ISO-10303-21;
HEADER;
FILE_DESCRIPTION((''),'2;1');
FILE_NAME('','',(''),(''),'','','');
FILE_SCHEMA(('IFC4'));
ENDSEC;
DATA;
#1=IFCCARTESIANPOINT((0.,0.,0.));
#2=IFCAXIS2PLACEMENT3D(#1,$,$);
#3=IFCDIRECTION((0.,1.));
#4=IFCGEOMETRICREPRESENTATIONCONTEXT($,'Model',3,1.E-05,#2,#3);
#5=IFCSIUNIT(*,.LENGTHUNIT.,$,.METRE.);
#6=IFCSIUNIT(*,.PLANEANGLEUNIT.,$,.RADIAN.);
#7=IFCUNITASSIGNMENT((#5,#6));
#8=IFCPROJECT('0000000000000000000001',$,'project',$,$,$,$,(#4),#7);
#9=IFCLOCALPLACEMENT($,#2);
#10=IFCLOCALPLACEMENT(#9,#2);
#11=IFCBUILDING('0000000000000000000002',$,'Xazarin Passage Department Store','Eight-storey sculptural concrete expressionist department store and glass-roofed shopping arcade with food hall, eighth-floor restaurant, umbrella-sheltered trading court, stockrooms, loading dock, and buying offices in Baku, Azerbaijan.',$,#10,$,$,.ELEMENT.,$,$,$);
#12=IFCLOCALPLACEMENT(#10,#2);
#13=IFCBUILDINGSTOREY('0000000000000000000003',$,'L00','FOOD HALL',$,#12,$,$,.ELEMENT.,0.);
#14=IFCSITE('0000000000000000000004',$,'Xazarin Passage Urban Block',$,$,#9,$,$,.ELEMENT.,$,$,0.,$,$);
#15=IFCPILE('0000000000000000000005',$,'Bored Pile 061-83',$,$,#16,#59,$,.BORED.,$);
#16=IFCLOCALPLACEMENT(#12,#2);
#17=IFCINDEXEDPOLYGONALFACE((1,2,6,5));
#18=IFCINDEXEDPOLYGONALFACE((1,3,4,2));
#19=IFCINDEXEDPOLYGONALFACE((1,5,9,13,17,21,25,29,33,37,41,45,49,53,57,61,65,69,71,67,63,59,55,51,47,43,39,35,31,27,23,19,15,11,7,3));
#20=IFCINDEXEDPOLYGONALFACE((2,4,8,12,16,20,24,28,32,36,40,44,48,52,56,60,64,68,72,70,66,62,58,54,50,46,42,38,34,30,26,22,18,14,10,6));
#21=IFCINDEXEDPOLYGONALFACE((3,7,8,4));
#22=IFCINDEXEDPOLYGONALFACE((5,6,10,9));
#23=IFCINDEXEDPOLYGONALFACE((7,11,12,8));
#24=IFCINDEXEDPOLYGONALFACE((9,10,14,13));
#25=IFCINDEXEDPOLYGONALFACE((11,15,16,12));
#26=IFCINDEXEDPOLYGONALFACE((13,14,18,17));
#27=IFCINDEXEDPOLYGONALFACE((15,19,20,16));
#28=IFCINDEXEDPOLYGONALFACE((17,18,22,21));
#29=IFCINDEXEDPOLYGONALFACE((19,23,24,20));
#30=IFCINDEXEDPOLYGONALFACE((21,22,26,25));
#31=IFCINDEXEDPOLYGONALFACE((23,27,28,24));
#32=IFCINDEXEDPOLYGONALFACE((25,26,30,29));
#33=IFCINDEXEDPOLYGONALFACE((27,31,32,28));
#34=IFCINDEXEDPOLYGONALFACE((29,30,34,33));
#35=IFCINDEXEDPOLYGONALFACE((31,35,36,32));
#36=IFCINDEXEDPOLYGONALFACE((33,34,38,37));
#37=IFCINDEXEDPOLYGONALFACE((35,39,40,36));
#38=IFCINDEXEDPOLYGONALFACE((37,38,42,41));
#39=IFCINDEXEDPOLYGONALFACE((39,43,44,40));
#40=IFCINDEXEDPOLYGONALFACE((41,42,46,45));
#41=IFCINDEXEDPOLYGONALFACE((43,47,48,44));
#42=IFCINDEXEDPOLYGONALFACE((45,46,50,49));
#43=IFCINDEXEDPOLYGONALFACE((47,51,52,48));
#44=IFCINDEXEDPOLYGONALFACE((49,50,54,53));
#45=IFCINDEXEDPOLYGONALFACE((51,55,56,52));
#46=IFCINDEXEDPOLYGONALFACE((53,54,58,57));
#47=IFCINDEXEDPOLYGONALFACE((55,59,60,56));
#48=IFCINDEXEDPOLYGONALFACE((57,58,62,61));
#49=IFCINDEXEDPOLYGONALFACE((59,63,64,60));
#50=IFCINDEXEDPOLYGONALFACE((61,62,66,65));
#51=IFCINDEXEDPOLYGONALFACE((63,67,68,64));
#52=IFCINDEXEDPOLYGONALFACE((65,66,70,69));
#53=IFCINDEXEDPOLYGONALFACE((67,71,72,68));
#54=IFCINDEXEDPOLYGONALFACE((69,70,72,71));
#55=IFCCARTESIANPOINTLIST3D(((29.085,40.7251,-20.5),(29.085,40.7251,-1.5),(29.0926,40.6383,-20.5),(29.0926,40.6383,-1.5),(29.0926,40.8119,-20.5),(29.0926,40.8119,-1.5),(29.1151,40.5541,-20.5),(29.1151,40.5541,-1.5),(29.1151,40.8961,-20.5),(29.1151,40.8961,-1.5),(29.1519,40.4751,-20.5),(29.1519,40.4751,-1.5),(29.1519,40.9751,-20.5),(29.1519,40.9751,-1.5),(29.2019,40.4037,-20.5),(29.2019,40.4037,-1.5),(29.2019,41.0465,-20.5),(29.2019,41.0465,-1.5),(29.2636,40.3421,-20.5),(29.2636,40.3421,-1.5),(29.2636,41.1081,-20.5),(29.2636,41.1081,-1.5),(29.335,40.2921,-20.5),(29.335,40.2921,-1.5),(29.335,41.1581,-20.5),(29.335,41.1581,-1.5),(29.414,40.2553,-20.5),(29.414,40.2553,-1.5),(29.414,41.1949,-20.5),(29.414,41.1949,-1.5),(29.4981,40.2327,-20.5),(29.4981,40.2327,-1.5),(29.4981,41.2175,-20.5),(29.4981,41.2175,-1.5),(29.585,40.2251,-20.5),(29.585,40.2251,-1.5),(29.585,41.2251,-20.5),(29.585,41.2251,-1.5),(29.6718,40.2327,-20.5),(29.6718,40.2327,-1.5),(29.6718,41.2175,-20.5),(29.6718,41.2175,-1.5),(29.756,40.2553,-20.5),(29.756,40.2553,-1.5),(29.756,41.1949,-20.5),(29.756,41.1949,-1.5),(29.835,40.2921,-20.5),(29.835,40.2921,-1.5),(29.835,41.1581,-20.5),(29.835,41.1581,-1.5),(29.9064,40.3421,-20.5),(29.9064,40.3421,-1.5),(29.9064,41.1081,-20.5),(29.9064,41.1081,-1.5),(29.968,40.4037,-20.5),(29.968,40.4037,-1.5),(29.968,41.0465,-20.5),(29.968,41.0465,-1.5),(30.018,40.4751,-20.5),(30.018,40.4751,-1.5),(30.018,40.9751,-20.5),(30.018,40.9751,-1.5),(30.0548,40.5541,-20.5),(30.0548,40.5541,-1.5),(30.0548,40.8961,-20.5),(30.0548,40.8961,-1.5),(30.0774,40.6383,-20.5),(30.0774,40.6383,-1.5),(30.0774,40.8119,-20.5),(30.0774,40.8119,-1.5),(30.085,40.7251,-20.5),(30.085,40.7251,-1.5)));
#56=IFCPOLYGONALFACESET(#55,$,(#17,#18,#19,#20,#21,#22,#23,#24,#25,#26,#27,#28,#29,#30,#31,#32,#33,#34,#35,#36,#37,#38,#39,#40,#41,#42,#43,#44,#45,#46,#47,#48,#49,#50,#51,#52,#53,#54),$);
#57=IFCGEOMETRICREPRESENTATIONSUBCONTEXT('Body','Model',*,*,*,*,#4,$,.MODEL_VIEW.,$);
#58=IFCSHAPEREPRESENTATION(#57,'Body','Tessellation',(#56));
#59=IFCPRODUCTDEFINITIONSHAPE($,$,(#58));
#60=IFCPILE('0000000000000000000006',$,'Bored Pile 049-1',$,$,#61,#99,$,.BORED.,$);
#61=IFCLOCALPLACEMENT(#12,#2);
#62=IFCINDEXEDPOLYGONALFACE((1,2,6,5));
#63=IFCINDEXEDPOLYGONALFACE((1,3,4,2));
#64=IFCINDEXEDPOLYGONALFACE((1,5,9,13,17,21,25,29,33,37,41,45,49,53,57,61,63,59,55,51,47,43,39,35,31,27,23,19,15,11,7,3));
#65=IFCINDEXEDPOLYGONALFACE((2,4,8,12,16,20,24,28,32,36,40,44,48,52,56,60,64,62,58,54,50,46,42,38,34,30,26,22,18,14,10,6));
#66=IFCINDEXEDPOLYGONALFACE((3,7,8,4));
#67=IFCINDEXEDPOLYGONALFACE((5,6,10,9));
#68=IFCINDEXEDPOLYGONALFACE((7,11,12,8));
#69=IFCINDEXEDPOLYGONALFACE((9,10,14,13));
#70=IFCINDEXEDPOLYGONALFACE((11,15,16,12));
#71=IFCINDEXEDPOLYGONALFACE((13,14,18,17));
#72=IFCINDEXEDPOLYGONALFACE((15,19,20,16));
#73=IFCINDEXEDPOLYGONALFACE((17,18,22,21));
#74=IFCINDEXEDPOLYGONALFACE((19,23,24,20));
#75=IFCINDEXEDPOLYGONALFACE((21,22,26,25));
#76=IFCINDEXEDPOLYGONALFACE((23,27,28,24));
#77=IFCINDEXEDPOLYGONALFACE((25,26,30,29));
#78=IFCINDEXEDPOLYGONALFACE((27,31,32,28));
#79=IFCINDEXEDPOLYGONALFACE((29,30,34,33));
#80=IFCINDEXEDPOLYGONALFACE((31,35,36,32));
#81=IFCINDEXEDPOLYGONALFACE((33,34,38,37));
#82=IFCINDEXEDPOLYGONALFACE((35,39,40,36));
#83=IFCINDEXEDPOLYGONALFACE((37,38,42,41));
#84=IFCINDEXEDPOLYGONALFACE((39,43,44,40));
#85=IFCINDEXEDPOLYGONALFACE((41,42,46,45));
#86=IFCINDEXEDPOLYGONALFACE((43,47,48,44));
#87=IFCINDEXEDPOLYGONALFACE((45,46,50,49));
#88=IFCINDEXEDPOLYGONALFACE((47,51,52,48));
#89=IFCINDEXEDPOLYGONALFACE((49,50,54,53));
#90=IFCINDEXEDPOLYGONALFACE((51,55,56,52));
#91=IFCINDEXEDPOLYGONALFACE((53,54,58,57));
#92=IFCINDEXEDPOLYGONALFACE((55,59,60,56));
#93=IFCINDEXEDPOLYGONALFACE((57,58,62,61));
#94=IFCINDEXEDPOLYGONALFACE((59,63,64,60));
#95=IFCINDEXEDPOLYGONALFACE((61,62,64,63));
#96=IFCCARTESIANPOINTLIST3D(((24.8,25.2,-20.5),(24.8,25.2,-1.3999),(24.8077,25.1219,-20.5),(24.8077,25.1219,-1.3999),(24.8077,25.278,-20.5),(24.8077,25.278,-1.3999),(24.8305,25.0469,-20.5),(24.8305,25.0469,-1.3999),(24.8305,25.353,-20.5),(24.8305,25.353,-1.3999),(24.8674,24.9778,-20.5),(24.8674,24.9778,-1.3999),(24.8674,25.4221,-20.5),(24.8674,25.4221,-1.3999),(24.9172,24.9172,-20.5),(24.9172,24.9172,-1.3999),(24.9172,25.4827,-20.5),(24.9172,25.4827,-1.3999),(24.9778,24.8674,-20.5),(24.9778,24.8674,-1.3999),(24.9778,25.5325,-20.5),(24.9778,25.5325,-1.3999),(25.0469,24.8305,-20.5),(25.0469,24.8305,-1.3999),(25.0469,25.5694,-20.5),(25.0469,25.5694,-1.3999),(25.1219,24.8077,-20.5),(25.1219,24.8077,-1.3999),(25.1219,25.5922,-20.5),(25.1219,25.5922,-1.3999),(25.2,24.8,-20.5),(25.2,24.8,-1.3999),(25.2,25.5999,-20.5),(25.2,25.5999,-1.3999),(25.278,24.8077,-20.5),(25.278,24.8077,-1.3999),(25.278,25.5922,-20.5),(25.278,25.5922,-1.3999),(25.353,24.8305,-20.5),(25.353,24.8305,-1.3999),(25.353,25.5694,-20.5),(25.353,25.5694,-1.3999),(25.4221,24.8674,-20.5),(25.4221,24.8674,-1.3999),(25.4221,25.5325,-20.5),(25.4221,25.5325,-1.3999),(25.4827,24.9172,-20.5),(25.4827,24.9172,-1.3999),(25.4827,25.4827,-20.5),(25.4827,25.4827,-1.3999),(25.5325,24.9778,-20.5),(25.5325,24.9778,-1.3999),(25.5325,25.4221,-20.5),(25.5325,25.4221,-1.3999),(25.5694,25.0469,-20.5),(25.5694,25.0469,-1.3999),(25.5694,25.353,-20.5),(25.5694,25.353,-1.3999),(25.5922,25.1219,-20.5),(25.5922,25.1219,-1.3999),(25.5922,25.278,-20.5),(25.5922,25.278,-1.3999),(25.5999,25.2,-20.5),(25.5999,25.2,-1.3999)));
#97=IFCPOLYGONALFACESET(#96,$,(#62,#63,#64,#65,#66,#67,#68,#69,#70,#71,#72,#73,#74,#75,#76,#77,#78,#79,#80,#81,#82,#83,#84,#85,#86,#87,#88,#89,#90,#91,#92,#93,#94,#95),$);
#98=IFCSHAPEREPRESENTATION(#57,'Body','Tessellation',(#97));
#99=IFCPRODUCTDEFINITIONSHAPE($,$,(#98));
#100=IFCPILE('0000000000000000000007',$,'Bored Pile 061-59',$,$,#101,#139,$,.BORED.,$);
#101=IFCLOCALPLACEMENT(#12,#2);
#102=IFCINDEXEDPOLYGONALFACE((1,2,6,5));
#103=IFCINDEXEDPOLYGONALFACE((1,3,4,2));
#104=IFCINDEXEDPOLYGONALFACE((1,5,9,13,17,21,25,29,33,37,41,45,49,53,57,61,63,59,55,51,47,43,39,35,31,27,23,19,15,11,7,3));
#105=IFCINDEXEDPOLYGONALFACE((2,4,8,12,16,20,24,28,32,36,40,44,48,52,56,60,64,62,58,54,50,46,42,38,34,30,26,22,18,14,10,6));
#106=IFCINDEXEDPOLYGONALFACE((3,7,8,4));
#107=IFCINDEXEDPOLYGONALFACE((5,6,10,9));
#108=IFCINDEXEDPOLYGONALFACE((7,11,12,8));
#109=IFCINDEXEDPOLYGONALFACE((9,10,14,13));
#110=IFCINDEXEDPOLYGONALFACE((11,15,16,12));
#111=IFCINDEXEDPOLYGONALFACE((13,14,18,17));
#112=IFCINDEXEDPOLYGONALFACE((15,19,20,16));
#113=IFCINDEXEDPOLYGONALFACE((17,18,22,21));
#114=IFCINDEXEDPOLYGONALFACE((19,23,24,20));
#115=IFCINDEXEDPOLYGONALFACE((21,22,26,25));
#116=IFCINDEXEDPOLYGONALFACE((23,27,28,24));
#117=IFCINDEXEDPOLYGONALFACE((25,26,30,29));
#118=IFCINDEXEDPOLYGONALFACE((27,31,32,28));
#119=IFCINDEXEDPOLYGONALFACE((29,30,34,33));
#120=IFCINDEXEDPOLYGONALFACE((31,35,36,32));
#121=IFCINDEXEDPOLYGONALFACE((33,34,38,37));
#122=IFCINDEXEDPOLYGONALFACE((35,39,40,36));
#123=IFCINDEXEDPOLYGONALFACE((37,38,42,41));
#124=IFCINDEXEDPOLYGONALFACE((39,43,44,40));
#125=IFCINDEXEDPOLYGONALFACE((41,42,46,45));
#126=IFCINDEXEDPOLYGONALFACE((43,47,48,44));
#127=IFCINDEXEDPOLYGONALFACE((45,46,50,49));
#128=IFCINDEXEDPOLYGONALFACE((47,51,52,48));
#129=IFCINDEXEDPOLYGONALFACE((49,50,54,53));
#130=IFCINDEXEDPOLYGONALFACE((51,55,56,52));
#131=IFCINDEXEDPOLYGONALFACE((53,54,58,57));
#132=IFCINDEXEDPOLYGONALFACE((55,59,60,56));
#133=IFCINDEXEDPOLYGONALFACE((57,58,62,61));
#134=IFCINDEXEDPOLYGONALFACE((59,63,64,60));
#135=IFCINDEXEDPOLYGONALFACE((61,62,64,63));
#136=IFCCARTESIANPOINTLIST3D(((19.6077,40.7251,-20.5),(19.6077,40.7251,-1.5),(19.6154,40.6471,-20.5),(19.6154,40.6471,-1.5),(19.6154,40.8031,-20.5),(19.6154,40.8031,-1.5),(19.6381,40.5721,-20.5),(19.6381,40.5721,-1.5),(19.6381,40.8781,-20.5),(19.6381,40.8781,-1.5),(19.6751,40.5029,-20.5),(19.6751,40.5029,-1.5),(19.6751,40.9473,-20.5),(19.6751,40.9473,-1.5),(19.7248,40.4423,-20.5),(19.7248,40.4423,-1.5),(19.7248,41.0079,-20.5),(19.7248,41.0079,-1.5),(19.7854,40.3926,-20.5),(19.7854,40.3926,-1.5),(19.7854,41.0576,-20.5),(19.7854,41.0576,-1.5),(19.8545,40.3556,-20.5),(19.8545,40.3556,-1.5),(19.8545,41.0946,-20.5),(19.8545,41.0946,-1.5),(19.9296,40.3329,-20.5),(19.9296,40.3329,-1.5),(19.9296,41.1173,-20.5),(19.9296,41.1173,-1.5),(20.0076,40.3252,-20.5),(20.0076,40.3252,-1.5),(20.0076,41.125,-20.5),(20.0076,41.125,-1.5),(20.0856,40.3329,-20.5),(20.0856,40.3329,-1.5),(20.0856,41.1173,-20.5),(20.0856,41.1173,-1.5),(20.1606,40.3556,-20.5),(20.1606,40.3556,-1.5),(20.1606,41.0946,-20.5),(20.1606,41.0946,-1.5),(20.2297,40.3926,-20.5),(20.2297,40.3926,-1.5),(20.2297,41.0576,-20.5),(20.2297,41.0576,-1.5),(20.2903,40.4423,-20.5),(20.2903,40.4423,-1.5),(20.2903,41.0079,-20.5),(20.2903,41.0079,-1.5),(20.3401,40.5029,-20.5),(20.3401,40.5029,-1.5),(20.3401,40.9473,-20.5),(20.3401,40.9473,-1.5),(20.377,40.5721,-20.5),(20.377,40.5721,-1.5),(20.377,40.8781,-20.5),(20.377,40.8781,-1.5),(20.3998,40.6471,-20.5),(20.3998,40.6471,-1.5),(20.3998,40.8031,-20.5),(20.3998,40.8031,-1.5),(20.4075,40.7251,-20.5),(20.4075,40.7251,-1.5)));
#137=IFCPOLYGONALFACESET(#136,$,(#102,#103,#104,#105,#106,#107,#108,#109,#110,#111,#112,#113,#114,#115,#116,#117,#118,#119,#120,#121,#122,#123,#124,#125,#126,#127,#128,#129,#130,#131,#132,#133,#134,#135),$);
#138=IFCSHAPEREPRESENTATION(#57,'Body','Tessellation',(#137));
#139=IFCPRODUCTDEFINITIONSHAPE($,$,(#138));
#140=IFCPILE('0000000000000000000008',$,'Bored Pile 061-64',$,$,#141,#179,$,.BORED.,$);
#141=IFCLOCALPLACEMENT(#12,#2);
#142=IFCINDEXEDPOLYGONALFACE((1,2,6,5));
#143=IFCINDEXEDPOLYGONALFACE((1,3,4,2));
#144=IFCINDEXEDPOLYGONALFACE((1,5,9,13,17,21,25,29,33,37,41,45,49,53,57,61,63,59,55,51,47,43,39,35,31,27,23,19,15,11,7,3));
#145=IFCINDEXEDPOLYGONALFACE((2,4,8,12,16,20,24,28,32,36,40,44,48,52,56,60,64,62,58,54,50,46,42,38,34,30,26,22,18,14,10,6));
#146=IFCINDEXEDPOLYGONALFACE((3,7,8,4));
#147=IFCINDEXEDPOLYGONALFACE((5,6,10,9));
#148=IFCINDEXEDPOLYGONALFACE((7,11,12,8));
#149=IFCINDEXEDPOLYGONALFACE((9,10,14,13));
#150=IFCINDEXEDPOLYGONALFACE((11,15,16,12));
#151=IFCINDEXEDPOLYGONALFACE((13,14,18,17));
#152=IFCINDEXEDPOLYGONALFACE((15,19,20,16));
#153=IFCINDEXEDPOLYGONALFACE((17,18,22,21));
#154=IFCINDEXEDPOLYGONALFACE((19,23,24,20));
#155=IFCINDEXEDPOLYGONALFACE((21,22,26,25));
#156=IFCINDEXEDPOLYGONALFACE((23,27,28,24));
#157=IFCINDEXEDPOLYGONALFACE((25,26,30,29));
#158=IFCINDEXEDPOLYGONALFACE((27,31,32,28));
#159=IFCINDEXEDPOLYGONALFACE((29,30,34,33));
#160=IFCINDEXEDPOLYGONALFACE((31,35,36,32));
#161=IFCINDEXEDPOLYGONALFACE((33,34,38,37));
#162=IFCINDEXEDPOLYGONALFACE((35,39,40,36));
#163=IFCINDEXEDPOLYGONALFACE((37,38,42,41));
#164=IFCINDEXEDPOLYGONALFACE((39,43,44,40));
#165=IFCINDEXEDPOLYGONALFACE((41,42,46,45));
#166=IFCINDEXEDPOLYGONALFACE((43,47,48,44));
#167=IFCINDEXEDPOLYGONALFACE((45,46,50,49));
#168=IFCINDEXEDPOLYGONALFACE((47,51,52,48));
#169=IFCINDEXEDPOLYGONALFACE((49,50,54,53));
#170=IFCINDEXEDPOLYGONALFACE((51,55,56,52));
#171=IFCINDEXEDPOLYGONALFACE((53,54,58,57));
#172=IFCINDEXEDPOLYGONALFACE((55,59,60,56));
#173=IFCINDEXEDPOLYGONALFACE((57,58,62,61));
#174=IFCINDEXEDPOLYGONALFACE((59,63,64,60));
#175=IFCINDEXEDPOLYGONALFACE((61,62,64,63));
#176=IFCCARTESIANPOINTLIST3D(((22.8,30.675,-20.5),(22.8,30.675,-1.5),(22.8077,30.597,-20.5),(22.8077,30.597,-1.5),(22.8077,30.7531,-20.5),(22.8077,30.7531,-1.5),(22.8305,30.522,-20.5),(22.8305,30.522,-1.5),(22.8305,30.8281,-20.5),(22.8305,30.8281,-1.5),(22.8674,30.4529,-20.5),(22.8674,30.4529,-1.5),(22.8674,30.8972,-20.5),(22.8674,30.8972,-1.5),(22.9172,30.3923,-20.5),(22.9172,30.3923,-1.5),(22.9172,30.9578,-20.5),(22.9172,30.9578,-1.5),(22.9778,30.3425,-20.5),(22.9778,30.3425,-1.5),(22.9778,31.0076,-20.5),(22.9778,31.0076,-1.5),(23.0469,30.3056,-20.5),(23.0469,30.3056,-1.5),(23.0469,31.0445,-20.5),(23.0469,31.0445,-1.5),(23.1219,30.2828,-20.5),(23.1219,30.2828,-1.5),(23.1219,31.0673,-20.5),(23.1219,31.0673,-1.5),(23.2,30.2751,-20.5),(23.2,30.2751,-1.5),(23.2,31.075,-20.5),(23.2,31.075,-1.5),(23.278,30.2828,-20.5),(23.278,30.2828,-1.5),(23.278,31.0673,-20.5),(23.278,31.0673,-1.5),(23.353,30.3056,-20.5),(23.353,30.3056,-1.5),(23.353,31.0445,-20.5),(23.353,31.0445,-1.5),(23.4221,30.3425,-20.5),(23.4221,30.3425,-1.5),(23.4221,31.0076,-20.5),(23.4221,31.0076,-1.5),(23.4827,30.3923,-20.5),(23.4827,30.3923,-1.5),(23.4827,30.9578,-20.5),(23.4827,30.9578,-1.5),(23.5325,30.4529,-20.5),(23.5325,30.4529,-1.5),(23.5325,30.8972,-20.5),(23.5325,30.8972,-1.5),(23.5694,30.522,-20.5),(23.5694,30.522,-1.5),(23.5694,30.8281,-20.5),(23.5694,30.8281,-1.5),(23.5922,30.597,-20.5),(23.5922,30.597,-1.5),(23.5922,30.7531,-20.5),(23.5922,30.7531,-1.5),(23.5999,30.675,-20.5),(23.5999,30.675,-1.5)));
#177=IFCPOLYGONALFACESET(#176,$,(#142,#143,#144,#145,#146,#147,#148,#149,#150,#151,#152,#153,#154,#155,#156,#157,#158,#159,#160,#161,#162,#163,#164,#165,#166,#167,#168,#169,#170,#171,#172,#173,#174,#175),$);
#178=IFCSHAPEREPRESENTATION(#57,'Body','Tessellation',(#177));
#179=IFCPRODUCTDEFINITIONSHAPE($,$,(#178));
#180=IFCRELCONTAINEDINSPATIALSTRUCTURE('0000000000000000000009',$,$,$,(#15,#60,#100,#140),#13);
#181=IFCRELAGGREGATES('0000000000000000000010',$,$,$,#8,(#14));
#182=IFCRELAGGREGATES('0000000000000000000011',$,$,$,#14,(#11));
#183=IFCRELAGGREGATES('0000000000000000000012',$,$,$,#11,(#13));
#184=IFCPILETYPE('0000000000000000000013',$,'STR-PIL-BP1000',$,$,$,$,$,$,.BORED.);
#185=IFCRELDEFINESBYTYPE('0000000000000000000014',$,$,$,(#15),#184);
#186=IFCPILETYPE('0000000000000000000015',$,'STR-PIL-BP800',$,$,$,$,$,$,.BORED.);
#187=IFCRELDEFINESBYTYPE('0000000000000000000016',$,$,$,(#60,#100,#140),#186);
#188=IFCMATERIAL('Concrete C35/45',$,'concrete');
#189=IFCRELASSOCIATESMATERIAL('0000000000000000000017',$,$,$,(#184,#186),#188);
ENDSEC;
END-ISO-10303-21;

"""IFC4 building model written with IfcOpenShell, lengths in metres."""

from ifc_helpers import new_model, si_unit, direction, frame, origin, origin_2d, place, context, subcontext, project, spatial, circle, extrude, material, material_profile, profile_set, type_object, element, save


model = new_model("IFC4")

# Units and contexts
model_context = context("Model", 3, precision=1e-05, world=origin(), true_north=direction((0.0, 1.0)))
body_context = subcontext(model_context, "Body", "Model", "MODEL_VIEW")
ifc_project = project(units=[si_unit("LENGTHUNIT", "METRE"), si_unit("PLANEANGLEUNIT", "RADIAN")], contexts=[model_context])

# Site, building, storey
site_placement = place(None, origin())
site = spatial("IfcSite", under=ifc_project, at=site_placement, Name="Xazarin Passage Urban Block", CompositionType="ELEMENT", RefElevation=0.0)
building_placement = place(site_placement, origin())
building = spatial("IfcBuilding", under=site, at=building_placement, Name="Xazarin Passage Department Store", Description="Eight-storey sculptural concrete expressionist department store and glass-roofed shopping arcade with food hall, eighth-floor restaurant, umbrella-sheltered trading court, stockrooms, loading dock, and buying offices in Baku, Azerbaijan.", CompositionType="ELEMENT")
storey_placement = place(building_placement, origin())
storey = spatial("IfcBuildingStorey", under=building, at=storey_placement, Name="L00", Description="FOOD HALL", CompositionType="ELEMENT", Elevation=0.0)

# Shared definitions
ifc_material_1 = material(Name="Concrete C35/45", Category="concrete")

# Piles
ifc_material_profile_1 = material_profile(ifc_material_1, circle(Radius=0.5, at=origin_2d()), Name="BP 1000")
ifc_profile_set_1 = profile_set([ifc_material_profile_1], Name="Concrete C35/45")
pile_type_1 = type_object("IfcPileType", Name="STR-PIL-BP1000", PredefinedType="BORED", material=ifc_profile_set_1)
for number, where, z_axis, x_axis, name in (
    (1, (29.585, 40.7251, -1.5), (0.0, 0.0, -1.0), (1.0, 0.0, 0.0), "Bored Pile 061-83"),
):
    element("IfcPile", number, at=place(storey_placement, frame(where, z_axis=z_axis, x_axis=x_axis)), inside=storey, type_object=pile_type_1, Name=name, PredefinedType="BORED", context=body_context, shape_type="SweptSolid", body=[
        extrude(circle(Radius=0.5, at=origin_2d()), origin(), (0.0, 0.0, 1.0), 19.0),
    ])
ifc_material_profile_2 = material_profile(ifc_material_1, circle(Radius=0.3999, at=origin_2d()), Name="BP 800")
ifc_profile_set_2 = profile_set([ifc_material_profile_2], Name="Concrete C35/45")
pile_type_2 = type_object("IfcPileType", Name="STR-PIL-BP800", PredefinedType="BORED", material=ifc_profile_set_2)
pile_placement = place(storey_placement, frame((25.2, 25.2, -1.3999), z_axis=(0.0, 0.0, -1.0), x_axis=(1.0, 0.0, 0.0)))
element("IfcPile", 2, at=pile_placement, inside=storey, type_object=pile_type_2, Name="Bored Pile 049-1", PredefinedType="BORED", context=body_context, shape_type="SweptSolid", body=[
    extrude(circle(Radius=0.3999, at=origin_2d()), origin(), (0.0, 0.0, 1.0), 19.1001),
])
for number, where, z_axis, x_axis, name in (
    (3, (20.0076, 40.7251, -1.5), (0.0, 0.0, -1.0), (1.0, 0.0, 0.0), "Bored Pile 061-59"),
    (4, (23.2, 30.675, -1.5), (0.0, 0.0, -1.0), (1.0, 0.0, 0.0), "Bored Pile 061-64"),
):
    element("IfcPile", number, at=place(storey_placement, frame(where, z_axis=z_axis, x_axis=x_axis)), inside=storey, type_object=pile_type_2, Name=name, PredefinedType="BORED", context=body_context, shape_type="SweptSolid", body=[
        extrude(circle(Radius=0.3999, at=origin_2d()), origin(), (0.0, 0.0, 1.0), 19.0),
    ])

save(model, "model.ifc")
